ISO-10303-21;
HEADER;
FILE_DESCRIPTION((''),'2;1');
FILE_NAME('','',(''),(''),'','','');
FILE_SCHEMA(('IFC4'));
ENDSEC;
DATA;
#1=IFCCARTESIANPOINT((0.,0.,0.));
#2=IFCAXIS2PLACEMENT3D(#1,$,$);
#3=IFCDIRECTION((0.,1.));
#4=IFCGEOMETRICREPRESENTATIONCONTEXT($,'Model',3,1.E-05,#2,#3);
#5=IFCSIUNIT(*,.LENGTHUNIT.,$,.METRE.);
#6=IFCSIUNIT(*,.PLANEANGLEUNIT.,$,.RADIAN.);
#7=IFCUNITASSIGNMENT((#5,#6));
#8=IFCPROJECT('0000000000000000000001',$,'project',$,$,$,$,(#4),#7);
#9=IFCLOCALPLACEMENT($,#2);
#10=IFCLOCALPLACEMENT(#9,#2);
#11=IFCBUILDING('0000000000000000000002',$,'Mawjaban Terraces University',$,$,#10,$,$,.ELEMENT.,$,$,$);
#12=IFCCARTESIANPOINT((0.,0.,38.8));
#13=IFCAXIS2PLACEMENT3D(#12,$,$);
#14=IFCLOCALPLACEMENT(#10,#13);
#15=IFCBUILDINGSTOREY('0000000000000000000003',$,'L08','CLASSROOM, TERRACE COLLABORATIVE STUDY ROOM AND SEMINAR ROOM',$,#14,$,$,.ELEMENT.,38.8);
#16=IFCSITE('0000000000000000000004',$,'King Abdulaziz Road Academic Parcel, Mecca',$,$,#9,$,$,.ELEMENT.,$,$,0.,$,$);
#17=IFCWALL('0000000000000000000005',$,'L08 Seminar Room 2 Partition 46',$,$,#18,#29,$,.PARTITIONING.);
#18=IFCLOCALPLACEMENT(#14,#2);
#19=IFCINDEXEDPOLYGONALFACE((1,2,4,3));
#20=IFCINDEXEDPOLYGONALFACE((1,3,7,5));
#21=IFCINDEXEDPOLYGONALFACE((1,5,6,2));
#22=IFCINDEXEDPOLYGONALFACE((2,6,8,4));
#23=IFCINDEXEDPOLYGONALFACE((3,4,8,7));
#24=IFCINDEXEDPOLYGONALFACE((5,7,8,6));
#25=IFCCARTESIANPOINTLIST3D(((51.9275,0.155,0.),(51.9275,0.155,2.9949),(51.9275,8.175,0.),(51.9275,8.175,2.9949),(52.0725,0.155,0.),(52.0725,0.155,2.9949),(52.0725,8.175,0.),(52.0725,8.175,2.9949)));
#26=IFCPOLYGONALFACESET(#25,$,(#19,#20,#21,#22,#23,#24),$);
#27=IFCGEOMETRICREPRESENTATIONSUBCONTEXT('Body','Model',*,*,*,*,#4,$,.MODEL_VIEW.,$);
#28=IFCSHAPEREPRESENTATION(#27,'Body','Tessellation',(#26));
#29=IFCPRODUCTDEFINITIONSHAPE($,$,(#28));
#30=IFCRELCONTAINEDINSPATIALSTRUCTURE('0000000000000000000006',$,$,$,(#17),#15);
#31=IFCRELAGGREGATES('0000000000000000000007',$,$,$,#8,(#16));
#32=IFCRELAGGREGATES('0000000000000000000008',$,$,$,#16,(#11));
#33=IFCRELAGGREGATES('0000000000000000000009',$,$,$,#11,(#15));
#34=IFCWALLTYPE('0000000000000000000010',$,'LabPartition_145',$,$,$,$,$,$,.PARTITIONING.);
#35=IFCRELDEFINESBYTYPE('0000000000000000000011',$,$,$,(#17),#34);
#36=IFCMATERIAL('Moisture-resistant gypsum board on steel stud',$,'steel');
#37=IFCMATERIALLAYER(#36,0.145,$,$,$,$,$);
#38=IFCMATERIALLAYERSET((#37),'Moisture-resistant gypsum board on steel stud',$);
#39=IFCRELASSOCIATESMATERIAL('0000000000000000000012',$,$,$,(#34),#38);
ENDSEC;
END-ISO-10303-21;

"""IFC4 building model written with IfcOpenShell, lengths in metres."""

from ifc_helpers import new_model, si_unit, direction, frame, frame_2d, origin, place, context, subcontext, project, spatial, rectangle, extrude, material, layer, layer_set, type_object, element, save


model = new_model("IFC4")

# Units and contexts
model_context = context("Model", 3, precision=1e-05, world=origin(), true_north=direction((0.0, 1.0)))
body_context = subcontext(model_context, "Body", "Model", "MODEL_VIEW")
ifc_project = project(units=[si_unit("LENGTHUNIT", "METRE"), si_unit("PLANEANGLEUNIT", "RADIAN")], contexts=[model_context])

# Site, building, storey
site_placement = place(None, origin())
site = spatial("IfcSite", under=ifc_project, at=site_placement, Name="King Abdulaziz Road Academic Parcel, Mecca", CompositionType="ELEMENT", RefElevation=0.0)
building_placement = place(site_placement, origin())
building = spatial("IfcBuilding", under=site, at=building_placement, Name="Mawjaban Terraces University", CompositionType="ELEMENT")
storey_placement = place(building_placement, frame((0.0, 0.0, 38.8)))
storey = spatial("IfcBuildingStorey", under=building, at=storey_placement, Name="L08", Description="CLASSROOM, TERRACE COLLABORATIVE STUDY ROOM AND SEMINAR ROOM", CompositionType="ELEMENT", Elevation=38.8)

# Wall
ifc_material_1 = material(Name="Moisture-resistant gypsum board on steel stud", Category="steel")
ifc_layer_1 = layer(ifc_material_1, 0.145)
ifc_layer_set_1 = layer_set([ifc_layer_1], Name="Moisture-resistant gypsum board on steel stud")
wall_type_1 = type_object("IfcWallType", Name="LabPartition_145", PredefinedType="PARTITIONING", material=ifc_layer_set_1)
wall_placement = place(storey_placement, frame((52.0, 0.155, 0.0), z_axis=(0.0, 0.0, 1.0), x_axis=(0.0, 1.0, 0.0)))
element("IfcWall", 1, at=wall_placement, inside=storey, type_object=wall_type_1, Name="L08 Seminar Room 2 Partition 46", PredefinedType="PARTITIONING", context=body_context, shape_type="SweptSolid", body=[
    extrude(rectangle(XDim=8.02, YDim=0.145, at=frame_2d((4.01, 0.0))), origin(), (0.0, 0.0, 1.0), 2.9949),
])

save(model, "model.ifc")
